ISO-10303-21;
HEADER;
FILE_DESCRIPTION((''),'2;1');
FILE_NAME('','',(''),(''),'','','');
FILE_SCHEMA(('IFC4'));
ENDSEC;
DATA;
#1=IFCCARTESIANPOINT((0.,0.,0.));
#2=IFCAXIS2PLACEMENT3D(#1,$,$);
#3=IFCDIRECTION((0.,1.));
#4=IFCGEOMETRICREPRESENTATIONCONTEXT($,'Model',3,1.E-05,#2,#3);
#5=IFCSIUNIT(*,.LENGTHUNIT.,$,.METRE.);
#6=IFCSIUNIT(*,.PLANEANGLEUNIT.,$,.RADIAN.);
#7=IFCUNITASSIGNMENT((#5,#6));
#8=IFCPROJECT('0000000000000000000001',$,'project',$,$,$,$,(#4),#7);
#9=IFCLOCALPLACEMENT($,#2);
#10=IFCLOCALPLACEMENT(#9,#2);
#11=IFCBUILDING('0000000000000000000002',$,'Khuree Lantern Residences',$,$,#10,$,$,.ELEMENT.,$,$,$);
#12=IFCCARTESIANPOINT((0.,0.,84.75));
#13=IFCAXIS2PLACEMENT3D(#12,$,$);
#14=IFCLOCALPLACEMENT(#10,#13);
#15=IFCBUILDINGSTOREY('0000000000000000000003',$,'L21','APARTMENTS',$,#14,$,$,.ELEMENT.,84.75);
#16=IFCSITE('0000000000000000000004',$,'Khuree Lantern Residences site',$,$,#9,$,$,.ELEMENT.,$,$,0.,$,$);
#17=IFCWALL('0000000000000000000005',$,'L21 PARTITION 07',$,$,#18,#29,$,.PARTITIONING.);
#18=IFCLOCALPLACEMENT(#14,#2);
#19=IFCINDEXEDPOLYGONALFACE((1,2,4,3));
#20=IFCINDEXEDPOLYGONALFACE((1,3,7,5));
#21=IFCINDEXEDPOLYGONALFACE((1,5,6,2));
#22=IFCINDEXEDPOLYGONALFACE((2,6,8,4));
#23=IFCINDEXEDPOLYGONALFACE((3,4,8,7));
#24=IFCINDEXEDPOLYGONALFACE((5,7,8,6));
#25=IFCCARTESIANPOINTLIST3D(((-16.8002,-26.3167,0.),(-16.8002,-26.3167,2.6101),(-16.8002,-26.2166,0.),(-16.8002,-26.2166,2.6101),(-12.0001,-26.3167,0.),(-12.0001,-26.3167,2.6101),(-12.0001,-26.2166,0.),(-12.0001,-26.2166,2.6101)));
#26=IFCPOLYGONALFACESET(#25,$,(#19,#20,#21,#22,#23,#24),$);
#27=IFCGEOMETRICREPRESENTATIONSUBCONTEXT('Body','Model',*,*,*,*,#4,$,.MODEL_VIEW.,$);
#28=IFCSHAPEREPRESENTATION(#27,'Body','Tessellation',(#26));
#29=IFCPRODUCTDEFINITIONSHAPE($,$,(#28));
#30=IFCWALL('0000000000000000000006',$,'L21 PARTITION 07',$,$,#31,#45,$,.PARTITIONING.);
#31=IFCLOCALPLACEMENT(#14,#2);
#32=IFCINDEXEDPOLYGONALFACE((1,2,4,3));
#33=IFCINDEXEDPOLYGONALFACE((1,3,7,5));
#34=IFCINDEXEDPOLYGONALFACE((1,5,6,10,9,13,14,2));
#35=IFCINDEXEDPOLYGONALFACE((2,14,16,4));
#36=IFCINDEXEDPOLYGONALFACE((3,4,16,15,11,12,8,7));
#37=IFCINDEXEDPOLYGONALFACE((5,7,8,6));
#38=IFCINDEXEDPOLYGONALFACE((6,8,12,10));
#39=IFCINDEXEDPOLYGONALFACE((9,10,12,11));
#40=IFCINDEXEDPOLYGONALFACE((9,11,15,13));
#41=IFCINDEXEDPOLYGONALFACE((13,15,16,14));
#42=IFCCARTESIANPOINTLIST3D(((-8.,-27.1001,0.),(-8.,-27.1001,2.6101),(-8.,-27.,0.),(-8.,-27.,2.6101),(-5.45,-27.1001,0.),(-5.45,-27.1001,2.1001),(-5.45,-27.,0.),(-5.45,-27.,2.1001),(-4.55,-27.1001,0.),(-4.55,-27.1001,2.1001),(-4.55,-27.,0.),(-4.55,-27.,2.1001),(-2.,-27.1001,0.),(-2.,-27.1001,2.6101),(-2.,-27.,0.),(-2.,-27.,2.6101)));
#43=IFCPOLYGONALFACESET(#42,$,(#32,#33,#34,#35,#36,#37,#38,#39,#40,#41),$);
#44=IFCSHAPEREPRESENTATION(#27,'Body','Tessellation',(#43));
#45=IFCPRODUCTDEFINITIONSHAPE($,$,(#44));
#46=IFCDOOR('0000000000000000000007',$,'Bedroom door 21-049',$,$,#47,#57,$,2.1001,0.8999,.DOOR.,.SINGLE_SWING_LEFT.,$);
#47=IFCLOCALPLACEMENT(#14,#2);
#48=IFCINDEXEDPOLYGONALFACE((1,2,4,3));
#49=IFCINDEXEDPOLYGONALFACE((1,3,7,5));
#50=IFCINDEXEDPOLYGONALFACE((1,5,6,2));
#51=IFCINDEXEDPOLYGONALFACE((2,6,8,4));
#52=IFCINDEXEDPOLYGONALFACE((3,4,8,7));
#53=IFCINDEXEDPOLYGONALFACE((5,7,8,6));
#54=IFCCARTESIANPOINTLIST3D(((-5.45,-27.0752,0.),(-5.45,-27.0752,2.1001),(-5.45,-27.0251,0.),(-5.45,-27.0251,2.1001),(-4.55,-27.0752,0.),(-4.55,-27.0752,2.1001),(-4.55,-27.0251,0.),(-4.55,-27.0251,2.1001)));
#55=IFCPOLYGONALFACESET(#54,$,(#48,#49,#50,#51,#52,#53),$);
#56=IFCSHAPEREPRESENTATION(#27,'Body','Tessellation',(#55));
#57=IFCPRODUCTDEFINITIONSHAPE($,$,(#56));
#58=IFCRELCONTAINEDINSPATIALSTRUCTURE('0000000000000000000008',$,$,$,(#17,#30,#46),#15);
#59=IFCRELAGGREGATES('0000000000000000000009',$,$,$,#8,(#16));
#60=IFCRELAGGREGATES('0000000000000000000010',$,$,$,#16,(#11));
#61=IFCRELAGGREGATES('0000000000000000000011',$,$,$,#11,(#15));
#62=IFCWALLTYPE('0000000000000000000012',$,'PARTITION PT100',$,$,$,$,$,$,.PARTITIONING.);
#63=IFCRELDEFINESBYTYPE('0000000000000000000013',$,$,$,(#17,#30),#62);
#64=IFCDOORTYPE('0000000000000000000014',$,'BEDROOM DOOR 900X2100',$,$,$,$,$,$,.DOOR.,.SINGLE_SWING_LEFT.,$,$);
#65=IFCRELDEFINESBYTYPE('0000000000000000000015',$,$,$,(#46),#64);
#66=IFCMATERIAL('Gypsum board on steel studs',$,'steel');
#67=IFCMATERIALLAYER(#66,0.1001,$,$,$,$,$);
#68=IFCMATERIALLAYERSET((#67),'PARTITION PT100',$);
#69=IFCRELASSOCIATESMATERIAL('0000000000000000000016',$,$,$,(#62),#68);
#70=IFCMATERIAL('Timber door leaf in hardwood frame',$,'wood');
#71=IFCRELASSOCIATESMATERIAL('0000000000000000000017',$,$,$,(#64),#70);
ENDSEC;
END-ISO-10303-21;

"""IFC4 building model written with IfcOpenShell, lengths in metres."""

from ifc_helpers import new_model, si_unit, direction, frame, frame_2d, origin, place, context, subcontext, project, spatial, rectangle, extrude, material, layer, layer_set, type_object, element, fill, save


model = new_model("IFC4")

# Units and contexts
model_context = context("Model", 3, precision=1e-05, world=origin(), true_north=direction((0.0, 1.0)))
body_context = subcontext(model_context, "Body", "Model", "MODEL_VIEW")
ifc_project = project(units=[si_unit("LENGTHUNIT", "METRE"), si_unit("PLANEANGLEUNIT", "RADIAN")], contexts=[model_context])

# Site, building, storey
site_placement = place(None, origin())
site = spatial("IfcSite", under=ifc_project, at=site_placement, Name="Khuree Lantern Residences site", CompositionType="ELEMENT", RefElevation=0.0)
building_placement = place(site_placement, origin())
building = spatial("IfcBuilding", under=site, at=building_placement, Name="Khuree Lantern Residences", CompositionType="ELEMENT")
storey_placement = place(building_placement, frame((0.0, 0.0, 84.75)))
storey = spatial("IfcBuildingStorey", under=building, at=storey_placement, Name="L21", Description="APARTMENTS", CompositionType="ELEMENT", Elevation=84.75)

# Shared definitions
ifc_material_1 = material(Name="Timber door leaf in hardwood frame", Category="wood")

# Shared definitions
ifc_material_2 = material(Name="Gypsum board on steel studs", Category="steel")
ifc_layer_1 = layer(ifc_material_2, 0.1001)
ifc_layer_set_1 = layer_set([ifc_layer_1], Name="PARTITION PT100")
wall_type_1 = type_object("IfcWallType", Name="PARTITION PT100", PredefinedType="PARTITIONING", material=ifc_layer_set_1)

# Shared definitions
door_type_1 = type_object("IfcDoorType", Name="BEDROOM DOOR 900X2100", OperationType="SINGLE_SWING_LEFT", PredefinedType="DOOR", material=ifc_material_1)

# Wall
wall_1_placement = place(storey_placement, frame((-16.8, -26.2666, 0.0), z_axis=(0.0, 0.0, 1.0), x_axis=(1.0, 0.0, 0.0)))
element("IfcWall", 1, at=wall_1_placement, inside=storey, type_object=wall_type_1, Name="L21 PARTITION 07", PredefinedType="PARTITIONING", context=body_context, shape_type="SweptSolid", body=[
    extrude(rectangle(XDim=4.8, YDim=0.1001, at=frame_2d((2.3999, 0.0))), origin(), (0.0, 0.0, 1.0), 2.6101),
])

# Wall, opening, door
wall_2_placement = place(storey_placement, frame((-8.0, -27.05, 0.0), z_axis=(0.0, 0.0, 1.0), x_axis=(1.0, 0.0, 0.0)))
wall_2 = element("IfcWall", 2, at=wall_2_placement, inside=storey, type_object=wall_type_1, Name="L21 PARTITION 07", PredefinedType="PARTITIONING", context=body_context, shape_type="SweptSolid", body=[
    extrude(rectangle(XDim=6.0, YDim=0.1001, at=frame_2d((3.0, 0.0))), origin(), (0.0, 0.0, 1.0), 2.6101),
])
opening_1_placement = place(wall_2_placement, frame((2.55, 0.0, 0.0)))
opening_1 = element("IfcOpeningElement", 3, at=opening_1_placement, cuts=wall_2, PredefinedType="OPENING", context=body_context, shape_type="SweptSolid", body=[
    extrude(rectangle(XDim=0.8999, YDim=2.1001, at=frame_2d((0.45, 1.05))), frame((0.0, 0.0601, 0.0), z_axis=(0.0, -1.0, 0.0), x_axis=(1.0, 0.0, 0.0)), (0.0, 0.0, 1.0), 0.1201),
])
door_1_placement = place(opening_1_placement, origin())
door_1 = element("IfcDoor", 4, at=door_1_placement, inside=storey, type_object=door_type_1, Name="Bedroom door 21-049", OperationType="SINGLE_SWING_LEFT", OverallHeight=2.1001, OverallWidth=0.8999, PredefinedType="DOOR", context=body_context, shape_type="SweptSolid", body=[
    extrude(rectangle(XDim=0.8999, YDim=2.1001, at=frame_2d((0.45, 1.05))), frame((0.0, 0.0249, 0.0), z_axis=(0.0, -1.0, 0.0), x_axis=(1.0, 0.0, 0.0)), (0.0, 0.0, 1.0), 0.05),
])
fill(opening_1, door_1)

save(model, "model.ifc")
